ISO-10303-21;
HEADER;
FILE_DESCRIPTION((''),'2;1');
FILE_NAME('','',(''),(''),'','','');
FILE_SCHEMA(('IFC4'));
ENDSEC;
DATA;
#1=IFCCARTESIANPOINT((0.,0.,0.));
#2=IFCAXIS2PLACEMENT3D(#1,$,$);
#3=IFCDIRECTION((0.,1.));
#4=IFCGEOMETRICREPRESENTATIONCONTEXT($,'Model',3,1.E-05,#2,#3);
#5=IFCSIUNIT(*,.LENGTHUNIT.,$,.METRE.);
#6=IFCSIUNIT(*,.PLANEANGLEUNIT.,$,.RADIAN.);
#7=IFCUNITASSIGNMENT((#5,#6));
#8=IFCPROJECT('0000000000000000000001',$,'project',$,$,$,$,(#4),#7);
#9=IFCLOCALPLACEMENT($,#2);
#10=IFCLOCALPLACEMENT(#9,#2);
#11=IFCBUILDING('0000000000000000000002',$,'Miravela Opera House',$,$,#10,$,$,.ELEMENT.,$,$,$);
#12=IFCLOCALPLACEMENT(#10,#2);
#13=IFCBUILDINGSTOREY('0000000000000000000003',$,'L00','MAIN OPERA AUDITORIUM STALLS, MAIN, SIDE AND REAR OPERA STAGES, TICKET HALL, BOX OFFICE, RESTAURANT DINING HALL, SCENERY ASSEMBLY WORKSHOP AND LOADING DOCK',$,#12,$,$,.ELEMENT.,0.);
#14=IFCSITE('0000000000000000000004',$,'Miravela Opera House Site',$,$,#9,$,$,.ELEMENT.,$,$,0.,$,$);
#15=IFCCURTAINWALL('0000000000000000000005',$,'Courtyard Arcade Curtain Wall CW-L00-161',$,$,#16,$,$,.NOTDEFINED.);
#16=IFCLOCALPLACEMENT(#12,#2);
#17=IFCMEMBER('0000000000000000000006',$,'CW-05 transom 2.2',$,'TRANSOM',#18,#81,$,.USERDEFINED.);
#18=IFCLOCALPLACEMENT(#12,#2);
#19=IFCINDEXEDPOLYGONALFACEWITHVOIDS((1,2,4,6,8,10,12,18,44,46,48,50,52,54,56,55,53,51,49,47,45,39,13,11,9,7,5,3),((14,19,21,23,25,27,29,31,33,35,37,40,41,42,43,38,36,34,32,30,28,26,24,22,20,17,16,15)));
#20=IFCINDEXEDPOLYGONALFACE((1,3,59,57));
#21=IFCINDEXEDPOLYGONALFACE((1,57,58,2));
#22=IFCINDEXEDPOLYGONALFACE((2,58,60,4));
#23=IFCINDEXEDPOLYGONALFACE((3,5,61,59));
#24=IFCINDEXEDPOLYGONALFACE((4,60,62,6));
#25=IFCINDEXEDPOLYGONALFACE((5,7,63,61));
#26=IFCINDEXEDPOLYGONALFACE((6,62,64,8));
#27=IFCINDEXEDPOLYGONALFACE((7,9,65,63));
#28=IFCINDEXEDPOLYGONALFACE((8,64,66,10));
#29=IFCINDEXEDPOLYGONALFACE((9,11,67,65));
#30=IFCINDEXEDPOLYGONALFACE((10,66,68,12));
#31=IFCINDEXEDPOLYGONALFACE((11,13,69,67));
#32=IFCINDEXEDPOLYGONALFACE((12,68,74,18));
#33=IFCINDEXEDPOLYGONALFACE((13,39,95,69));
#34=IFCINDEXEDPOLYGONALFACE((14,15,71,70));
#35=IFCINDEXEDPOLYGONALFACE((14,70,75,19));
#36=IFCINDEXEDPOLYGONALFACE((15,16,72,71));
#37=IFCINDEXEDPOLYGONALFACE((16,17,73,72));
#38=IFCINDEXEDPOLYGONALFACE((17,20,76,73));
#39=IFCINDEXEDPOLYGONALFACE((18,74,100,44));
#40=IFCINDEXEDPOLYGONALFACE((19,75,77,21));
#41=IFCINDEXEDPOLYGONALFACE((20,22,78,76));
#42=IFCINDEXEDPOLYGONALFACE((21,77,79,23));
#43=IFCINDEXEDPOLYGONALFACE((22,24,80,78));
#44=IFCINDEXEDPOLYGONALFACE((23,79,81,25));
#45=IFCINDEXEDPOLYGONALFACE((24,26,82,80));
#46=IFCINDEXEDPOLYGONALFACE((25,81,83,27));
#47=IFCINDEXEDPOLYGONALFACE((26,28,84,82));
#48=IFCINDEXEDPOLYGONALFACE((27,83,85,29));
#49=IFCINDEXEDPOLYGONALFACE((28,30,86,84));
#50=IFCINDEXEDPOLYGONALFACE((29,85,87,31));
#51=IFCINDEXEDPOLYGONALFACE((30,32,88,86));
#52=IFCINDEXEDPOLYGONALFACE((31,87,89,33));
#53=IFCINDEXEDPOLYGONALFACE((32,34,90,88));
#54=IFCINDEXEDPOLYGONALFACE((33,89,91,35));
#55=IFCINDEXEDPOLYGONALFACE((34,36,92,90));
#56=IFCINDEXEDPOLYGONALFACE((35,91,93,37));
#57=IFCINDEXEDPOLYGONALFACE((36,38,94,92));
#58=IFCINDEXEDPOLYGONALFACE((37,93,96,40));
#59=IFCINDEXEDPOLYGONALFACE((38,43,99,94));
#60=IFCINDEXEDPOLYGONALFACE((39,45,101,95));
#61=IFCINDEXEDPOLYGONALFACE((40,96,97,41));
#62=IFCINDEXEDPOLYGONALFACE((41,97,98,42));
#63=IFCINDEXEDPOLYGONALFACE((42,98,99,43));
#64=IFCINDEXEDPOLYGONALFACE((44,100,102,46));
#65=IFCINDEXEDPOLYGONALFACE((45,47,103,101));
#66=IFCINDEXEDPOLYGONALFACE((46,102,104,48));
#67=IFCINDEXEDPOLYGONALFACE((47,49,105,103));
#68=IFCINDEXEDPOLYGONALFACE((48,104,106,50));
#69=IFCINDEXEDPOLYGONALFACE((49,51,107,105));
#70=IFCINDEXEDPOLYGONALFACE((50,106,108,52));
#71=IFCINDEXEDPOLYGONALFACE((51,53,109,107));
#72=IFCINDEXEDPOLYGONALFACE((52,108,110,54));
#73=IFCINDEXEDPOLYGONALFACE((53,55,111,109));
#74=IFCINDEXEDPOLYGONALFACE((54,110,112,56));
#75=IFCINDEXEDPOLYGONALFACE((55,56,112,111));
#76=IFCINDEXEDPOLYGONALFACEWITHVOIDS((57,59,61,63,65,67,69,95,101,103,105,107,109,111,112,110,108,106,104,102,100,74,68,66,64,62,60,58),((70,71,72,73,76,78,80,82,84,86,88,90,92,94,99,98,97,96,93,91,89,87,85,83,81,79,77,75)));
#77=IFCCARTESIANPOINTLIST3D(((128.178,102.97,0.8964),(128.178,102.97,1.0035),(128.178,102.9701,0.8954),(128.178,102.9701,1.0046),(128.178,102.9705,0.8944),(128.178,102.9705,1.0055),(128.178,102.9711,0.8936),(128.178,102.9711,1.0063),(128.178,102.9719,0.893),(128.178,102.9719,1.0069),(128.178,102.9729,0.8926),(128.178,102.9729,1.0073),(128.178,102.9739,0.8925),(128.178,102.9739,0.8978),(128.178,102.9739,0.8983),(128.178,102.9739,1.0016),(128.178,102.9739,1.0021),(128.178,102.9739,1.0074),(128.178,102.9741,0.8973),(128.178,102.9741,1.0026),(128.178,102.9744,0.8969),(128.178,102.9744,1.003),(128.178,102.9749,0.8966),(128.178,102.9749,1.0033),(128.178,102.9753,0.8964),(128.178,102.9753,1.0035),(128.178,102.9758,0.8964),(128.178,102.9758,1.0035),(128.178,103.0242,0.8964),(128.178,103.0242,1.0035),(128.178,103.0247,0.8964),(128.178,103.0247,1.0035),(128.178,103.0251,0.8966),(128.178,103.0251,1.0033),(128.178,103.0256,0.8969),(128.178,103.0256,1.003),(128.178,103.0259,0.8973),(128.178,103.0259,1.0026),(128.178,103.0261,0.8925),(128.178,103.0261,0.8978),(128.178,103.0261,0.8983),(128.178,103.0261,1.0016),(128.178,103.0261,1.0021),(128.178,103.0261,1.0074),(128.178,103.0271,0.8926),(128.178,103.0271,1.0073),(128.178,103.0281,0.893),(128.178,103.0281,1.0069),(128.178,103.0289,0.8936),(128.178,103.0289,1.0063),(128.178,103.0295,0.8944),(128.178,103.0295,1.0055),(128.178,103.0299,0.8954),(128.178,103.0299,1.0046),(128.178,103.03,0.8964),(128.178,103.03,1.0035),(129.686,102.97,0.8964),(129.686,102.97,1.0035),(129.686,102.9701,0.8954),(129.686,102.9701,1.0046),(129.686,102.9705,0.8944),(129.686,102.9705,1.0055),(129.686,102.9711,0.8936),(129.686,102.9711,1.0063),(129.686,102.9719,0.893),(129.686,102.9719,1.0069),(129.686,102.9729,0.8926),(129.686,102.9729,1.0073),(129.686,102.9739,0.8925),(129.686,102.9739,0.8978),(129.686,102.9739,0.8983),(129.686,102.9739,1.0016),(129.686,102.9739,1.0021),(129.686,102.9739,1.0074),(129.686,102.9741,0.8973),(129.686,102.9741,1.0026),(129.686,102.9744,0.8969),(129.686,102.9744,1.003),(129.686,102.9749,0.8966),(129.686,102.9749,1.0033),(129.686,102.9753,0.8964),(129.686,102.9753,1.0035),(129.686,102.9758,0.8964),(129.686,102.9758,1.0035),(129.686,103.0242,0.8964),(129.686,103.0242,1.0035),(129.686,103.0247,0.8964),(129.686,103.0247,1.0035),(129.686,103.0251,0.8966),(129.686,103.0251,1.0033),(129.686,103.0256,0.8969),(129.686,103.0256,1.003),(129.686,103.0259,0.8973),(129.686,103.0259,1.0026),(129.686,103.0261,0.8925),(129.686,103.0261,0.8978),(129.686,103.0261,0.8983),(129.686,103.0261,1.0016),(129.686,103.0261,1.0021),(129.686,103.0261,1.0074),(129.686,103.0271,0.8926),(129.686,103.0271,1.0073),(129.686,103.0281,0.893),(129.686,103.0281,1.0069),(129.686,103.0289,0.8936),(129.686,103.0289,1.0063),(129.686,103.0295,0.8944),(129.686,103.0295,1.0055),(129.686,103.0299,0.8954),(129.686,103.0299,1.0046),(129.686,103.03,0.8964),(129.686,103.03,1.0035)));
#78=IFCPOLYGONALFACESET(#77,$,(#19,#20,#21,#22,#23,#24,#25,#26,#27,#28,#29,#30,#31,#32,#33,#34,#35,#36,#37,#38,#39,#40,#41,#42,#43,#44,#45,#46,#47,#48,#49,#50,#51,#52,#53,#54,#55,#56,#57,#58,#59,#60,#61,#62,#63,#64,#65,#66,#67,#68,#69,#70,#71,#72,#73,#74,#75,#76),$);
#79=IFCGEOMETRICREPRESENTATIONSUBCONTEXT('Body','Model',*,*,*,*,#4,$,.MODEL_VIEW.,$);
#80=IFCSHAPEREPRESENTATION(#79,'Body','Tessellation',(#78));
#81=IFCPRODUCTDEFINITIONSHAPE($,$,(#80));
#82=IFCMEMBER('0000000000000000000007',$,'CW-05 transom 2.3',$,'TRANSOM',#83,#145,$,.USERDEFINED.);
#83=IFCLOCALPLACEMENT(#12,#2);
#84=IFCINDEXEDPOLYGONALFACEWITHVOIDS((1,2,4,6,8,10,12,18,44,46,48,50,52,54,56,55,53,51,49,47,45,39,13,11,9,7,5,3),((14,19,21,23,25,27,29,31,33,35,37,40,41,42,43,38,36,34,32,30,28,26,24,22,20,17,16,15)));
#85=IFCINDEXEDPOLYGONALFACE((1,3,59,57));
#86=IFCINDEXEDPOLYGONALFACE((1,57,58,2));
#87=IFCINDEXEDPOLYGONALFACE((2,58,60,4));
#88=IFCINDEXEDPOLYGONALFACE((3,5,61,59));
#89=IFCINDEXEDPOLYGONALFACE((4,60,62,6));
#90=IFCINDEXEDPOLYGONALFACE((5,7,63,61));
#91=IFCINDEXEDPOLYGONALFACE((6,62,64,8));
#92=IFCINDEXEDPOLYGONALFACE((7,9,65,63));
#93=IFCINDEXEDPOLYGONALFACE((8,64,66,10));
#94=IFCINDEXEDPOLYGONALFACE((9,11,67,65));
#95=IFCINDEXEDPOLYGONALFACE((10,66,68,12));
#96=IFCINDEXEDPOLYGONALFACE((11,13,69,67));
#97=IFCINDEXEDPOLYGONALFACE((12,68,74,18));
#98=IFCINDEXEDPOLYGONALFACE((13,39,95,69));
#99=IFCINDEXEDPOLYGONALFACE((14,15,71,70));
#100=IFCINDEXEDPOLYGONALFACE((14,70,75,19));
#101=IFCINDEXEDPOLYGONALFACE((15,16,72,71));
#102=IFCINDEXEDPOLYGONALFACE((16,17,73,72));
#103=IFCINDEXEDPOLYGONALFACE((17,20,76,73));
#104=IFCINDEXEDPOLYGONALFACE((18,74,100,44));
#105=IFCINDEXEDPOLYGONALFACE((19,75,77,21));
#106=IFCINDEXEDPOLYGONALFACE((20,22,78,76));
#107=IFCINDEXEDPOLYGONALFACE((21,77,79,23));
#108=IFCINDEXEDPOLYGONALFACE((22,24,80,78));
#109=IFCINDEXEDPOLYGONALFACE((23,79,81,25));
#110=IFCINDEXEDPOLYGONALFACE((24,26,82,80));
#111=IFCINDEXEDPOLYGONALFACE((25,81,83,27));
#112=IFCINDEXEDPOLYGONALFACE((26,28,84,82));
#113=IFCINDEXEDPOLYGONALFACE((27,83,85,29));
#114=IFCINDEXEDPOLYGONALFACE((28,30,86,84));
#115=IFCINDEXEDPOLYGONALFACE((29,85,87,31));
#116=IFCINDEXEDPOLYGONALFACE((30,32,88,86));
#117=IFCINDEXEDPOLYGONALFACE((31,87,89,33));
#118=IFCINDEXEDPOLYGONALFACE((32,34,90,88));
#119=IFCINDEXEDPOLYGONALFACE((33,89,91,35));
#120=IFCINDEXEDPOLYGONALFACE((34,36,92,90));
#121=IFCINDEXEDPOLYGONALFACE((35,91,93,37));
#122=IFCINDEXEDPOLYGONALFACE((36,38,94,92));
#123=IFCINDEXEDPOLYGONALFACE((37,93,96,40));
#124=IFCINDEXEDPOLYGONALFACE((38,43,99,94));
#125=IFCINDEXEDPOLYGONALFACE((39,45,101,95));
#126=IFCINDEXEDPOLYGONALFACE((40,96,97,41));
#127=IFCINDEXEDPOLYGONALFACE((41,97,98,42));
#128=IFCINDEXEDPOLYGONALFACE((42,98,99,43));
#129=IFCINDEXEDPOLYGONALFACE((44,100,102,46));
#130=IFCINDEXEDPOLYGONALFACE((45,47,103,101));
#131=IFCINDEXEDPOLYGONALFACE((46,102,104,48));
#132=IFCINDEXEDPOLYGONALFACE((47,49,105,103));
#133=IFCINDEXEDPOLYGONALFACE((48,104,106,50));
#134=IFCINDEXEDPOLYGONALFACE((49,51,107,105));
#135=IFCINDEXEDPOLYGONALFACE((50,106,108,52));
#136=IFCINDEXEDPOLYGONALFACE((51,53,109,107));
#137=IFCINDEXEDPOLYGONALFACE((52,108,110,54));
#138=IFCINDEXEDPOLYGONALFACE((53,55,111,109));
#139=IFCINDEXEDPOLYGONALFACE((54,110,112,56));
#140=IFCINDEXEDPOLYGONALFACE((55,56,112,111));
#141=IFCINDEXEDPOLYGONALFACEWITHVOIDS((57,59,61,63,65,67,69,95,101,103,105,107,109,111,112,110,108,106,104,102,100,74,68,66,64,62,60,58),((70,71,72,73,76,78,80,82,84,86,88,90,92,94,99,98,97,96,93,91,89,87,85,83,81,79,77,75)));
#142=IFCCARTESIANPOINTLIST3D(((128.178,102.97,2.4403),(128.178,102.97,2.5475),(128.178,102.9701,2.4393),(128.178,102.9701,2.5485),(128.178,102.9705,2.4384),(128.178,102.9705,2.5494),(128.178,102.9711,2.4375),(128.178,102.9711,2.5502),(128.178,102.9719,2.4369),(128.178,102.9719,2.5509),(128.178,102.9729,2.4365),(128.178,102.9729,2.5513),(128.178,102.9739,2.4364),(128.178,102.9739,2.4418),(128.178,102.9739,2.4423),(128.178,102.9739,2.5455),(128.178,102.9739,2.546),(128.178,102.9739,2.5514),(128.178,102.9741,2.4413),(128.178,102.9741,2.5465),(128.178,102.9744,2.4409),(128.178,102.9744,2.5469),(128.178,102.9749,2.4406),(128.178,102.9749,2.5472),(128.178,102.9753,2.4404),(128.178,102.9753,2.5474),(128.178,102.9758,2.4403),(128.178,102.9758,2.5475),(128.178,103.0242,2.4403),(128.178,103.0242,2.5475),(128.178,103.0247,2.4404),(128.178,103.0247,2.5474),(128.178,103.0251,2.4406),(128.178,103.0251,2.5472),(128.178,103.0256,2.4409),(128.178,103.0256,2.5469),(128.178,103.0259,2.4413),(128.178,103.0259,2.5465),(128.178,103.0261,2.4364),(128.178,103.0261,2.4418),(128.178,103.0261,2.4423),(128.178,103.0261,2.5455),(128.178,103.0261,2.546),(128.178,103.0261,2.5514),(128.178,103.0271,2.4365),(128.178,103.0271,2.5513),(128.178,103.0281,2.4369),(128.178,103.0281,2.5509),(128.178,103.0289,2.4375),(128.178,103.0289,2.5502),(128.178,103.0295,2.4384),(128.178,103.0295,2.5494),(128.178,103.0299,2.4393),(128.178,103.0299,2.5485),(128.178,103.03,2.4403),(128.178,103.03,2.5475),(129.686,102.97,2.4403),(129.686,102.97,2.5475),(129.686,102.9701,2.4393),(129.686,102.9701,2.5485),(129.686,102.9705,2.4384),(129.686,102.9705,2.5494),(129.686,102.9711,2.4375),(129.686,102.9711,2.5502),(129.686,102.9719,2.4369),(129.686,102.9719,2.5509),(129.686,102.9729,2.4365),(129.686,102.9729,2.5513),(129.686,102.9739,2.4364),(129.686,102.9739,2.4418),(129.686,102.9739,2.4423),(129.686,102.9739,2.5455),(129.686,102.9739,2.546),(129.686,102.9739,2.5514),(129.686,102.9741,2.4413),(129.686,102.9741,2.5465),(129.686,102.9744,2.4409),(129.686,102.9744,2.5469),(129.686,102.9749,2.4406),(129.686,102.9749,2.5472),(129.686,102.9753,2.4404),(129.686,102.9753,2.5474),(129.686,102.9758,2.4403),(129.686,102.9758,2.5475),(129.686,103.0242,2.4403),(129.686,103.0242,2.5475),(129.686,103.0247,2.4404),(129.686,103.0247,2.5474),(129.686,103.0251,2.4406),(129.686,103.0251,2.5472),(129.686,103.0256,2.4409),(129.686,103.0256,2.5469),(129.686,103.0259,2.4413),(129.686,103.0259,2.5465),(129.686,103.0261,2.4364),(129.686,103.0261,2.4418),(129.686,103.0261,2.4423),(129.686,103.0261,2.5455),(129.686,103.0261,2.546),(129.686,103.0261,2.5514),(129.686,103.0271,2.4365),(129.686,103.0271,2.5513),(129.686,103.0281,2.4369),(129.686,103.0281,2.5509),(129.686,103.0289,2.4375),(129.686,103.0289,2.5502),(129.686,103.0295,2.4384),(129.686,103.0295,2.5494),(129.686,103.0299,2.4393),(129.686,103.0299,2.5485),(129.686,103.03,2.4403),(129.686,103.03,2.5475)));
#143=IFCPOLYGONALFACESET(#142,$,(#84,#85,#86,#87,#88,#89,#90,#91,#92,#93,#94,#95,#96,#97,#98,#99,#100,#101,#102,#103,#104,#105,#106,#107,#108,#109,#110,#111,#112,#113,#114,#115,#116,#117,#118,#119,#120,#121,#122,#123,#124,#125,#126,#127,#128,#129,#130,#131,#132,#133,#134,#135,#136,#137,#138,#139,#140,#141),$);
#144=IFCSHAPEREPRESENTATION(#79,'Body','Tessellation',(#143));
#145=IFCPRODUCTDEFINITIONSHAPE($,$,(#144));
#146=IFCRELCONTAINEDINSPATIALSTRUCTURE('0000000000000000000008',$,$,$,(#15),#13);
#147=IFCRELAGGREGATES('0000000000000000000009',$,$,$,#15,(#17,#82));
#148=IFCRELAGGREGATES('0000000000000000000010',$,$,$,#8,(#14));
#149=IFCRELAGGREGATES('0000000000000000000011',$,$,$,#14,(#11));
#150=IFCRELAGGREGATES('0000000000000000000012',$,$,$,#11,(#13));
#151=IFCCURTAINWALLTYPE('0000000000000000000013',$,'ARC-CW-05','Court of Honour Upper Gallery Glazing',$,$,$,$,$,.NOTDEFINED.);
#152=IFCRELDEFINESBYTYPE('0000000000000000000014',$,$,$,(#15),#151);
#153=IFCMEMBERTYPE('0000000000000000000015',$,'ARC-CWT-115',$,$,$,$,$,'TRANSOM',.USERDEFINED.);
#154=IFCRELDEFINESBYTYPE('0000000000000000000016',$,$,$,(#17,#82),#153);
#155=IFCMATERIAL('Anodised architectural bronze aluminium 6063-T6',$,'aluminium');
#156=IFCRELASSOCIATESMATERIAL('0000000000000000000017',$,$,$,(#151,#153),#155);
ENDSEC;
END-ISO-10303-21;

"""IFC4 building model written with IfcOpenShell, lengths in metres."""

from ifc_helpers import new_model, si_unit, direction, frame, origin, origin_2d, place, context, subcontext, project, spatial, hollow_rectangle, extrude, material, material_profile, profile_set, type_object, element, aggregate, save


model = new_model("IFC4")

# Units and contexts
model_context = context("Model", 3, precision=1e-05, world=origin(), true_north=direction((0.0, 1.0)))
body_context = subcontext(model_context, "Body", "Model", "MODEL_VIEW")
ifc_project = project(units=[si_unit("LENGTHUNIT", "METRE"), si_unit("PLANEANGLEUNIT", "RADIAN")], contexts=[model_context])

# Site, building, storey
site_placement = place(None, origin())
site = spatial("IfcSite", under=ifc_project, at=site_placement, Name="Miravela Opera House Site", CompositionType="ELEMENT", RefElevation=0.0)
building_placement = place(site_placement, origin())
building = spatial("IfcBuilding", under=site, at=building_placement, Name="Miravela Opera House", CompositionType="ELEMENT")
storey_placement = place(building_placement, origin())
storey = spatial("IfcBuildingStorey", under=building, at=storey_placement, Name="L00", Description="MAIN OPERA AUDITORIUM STALLS, MAIN, SIDE AND REAR OPERA STAGES, TICKET HALL, BOX OFFICE, RESTAURANT DINING HALL, SCENERY ASSEMBLY WORKSHOP AND LOADING DOCK", CompositionType="ELEMENT", Elevation=0.0)

# Curtain wall, members
ifc_material_1 = material(Name="Anodised architectural bronze aluminium 6063-T6", Category="aluminium")
curtain_wall_type = type_object("IfcCurtainWallType", Name="ARC-CW-05", Description="Court of Honour Upper Gallery Glazing", PredefinedType="NOTDEFINED", material=ifc_material_1)
curtain_wall_placement = place(storey_placement, origin())
curtain_wall = element("IfcCurtainWall", 1, at=curtain_wall_placement, inside=storey, type_object=curtain_wall_type, Name="Courtyard Arcade Curtain Wall CW-L00-161", PredefinedType="NOTDEFINED")
ifc_material_profile_1 = material_profile(ifc_material_1, hollow_rectangle(XDim=0.0601, YDim=0.115, WallThickness=0.0039, InnerFilletRadius=0.002, OuterFilletRadius=0.0039, at=origin_2d()), Name="CWT-60X115")
ifc_profile_set_1 = profile_set([ifc_material_profile_1])
member_type_1 = type_object("IfcMemberType", Name="ARC-CWT-115", ElementType="TRANSOM", PredefinedType="USERDEFINED", material=ifc_profile_set_1)
member_1_placement = place(storey_placement, frame((128.178, 103.0, 0.95), z_axis=(1.0, 0.0, 0.0), x_axis=(0.0, 1.0, 0.0)))
member_1 = element("IfcMember", 2, at=member_1_placement, type_object=member_type_1, Name="CW-05 transom 2.2", ObjectType="TRANSOM", PredefinedType="USERDEFINED", context=body_context, shape_type="SweptSolid", body=[
    extrude(hollow_rectangle(XDim=0.0601, YDim=0.115, WallThickness=0.0039, InnerFilletRadius=0.002, OuterFilletRadius=0.0039, at=origin_2d()), origin(), (0.0, 0.0, 1.0), 1.5081),
])
member_2_placement = place(storey_placement, frame((128.178, 103.0, 2.4939), z_axis=(1.0, 0.0, 0.0), x_axis=(0.0, 1.0, 0.0)))
member_2 = element("IfcMember", 3, at=member_2_placement, type_object=member_type_1, Name="CW-05 transom 2.3", ObjectType="TRANSOM", PredefinedType="USERDEFINED", context=body_context, shape_type="SweptSolid", body=[
    extrude(hollow_rectangle(XDim=0.0601, YDim=0.115, WallThickness=0.0039, InnerFilletRadius=0.002, OuterFilletRadius=0.0039, at=origin_2d()), origin(), (0.0, 0.0, 1.0), 1.5081),
])

aggregate(curtain_wall, [member_1, member_2])

save(model, "model.ifc")
